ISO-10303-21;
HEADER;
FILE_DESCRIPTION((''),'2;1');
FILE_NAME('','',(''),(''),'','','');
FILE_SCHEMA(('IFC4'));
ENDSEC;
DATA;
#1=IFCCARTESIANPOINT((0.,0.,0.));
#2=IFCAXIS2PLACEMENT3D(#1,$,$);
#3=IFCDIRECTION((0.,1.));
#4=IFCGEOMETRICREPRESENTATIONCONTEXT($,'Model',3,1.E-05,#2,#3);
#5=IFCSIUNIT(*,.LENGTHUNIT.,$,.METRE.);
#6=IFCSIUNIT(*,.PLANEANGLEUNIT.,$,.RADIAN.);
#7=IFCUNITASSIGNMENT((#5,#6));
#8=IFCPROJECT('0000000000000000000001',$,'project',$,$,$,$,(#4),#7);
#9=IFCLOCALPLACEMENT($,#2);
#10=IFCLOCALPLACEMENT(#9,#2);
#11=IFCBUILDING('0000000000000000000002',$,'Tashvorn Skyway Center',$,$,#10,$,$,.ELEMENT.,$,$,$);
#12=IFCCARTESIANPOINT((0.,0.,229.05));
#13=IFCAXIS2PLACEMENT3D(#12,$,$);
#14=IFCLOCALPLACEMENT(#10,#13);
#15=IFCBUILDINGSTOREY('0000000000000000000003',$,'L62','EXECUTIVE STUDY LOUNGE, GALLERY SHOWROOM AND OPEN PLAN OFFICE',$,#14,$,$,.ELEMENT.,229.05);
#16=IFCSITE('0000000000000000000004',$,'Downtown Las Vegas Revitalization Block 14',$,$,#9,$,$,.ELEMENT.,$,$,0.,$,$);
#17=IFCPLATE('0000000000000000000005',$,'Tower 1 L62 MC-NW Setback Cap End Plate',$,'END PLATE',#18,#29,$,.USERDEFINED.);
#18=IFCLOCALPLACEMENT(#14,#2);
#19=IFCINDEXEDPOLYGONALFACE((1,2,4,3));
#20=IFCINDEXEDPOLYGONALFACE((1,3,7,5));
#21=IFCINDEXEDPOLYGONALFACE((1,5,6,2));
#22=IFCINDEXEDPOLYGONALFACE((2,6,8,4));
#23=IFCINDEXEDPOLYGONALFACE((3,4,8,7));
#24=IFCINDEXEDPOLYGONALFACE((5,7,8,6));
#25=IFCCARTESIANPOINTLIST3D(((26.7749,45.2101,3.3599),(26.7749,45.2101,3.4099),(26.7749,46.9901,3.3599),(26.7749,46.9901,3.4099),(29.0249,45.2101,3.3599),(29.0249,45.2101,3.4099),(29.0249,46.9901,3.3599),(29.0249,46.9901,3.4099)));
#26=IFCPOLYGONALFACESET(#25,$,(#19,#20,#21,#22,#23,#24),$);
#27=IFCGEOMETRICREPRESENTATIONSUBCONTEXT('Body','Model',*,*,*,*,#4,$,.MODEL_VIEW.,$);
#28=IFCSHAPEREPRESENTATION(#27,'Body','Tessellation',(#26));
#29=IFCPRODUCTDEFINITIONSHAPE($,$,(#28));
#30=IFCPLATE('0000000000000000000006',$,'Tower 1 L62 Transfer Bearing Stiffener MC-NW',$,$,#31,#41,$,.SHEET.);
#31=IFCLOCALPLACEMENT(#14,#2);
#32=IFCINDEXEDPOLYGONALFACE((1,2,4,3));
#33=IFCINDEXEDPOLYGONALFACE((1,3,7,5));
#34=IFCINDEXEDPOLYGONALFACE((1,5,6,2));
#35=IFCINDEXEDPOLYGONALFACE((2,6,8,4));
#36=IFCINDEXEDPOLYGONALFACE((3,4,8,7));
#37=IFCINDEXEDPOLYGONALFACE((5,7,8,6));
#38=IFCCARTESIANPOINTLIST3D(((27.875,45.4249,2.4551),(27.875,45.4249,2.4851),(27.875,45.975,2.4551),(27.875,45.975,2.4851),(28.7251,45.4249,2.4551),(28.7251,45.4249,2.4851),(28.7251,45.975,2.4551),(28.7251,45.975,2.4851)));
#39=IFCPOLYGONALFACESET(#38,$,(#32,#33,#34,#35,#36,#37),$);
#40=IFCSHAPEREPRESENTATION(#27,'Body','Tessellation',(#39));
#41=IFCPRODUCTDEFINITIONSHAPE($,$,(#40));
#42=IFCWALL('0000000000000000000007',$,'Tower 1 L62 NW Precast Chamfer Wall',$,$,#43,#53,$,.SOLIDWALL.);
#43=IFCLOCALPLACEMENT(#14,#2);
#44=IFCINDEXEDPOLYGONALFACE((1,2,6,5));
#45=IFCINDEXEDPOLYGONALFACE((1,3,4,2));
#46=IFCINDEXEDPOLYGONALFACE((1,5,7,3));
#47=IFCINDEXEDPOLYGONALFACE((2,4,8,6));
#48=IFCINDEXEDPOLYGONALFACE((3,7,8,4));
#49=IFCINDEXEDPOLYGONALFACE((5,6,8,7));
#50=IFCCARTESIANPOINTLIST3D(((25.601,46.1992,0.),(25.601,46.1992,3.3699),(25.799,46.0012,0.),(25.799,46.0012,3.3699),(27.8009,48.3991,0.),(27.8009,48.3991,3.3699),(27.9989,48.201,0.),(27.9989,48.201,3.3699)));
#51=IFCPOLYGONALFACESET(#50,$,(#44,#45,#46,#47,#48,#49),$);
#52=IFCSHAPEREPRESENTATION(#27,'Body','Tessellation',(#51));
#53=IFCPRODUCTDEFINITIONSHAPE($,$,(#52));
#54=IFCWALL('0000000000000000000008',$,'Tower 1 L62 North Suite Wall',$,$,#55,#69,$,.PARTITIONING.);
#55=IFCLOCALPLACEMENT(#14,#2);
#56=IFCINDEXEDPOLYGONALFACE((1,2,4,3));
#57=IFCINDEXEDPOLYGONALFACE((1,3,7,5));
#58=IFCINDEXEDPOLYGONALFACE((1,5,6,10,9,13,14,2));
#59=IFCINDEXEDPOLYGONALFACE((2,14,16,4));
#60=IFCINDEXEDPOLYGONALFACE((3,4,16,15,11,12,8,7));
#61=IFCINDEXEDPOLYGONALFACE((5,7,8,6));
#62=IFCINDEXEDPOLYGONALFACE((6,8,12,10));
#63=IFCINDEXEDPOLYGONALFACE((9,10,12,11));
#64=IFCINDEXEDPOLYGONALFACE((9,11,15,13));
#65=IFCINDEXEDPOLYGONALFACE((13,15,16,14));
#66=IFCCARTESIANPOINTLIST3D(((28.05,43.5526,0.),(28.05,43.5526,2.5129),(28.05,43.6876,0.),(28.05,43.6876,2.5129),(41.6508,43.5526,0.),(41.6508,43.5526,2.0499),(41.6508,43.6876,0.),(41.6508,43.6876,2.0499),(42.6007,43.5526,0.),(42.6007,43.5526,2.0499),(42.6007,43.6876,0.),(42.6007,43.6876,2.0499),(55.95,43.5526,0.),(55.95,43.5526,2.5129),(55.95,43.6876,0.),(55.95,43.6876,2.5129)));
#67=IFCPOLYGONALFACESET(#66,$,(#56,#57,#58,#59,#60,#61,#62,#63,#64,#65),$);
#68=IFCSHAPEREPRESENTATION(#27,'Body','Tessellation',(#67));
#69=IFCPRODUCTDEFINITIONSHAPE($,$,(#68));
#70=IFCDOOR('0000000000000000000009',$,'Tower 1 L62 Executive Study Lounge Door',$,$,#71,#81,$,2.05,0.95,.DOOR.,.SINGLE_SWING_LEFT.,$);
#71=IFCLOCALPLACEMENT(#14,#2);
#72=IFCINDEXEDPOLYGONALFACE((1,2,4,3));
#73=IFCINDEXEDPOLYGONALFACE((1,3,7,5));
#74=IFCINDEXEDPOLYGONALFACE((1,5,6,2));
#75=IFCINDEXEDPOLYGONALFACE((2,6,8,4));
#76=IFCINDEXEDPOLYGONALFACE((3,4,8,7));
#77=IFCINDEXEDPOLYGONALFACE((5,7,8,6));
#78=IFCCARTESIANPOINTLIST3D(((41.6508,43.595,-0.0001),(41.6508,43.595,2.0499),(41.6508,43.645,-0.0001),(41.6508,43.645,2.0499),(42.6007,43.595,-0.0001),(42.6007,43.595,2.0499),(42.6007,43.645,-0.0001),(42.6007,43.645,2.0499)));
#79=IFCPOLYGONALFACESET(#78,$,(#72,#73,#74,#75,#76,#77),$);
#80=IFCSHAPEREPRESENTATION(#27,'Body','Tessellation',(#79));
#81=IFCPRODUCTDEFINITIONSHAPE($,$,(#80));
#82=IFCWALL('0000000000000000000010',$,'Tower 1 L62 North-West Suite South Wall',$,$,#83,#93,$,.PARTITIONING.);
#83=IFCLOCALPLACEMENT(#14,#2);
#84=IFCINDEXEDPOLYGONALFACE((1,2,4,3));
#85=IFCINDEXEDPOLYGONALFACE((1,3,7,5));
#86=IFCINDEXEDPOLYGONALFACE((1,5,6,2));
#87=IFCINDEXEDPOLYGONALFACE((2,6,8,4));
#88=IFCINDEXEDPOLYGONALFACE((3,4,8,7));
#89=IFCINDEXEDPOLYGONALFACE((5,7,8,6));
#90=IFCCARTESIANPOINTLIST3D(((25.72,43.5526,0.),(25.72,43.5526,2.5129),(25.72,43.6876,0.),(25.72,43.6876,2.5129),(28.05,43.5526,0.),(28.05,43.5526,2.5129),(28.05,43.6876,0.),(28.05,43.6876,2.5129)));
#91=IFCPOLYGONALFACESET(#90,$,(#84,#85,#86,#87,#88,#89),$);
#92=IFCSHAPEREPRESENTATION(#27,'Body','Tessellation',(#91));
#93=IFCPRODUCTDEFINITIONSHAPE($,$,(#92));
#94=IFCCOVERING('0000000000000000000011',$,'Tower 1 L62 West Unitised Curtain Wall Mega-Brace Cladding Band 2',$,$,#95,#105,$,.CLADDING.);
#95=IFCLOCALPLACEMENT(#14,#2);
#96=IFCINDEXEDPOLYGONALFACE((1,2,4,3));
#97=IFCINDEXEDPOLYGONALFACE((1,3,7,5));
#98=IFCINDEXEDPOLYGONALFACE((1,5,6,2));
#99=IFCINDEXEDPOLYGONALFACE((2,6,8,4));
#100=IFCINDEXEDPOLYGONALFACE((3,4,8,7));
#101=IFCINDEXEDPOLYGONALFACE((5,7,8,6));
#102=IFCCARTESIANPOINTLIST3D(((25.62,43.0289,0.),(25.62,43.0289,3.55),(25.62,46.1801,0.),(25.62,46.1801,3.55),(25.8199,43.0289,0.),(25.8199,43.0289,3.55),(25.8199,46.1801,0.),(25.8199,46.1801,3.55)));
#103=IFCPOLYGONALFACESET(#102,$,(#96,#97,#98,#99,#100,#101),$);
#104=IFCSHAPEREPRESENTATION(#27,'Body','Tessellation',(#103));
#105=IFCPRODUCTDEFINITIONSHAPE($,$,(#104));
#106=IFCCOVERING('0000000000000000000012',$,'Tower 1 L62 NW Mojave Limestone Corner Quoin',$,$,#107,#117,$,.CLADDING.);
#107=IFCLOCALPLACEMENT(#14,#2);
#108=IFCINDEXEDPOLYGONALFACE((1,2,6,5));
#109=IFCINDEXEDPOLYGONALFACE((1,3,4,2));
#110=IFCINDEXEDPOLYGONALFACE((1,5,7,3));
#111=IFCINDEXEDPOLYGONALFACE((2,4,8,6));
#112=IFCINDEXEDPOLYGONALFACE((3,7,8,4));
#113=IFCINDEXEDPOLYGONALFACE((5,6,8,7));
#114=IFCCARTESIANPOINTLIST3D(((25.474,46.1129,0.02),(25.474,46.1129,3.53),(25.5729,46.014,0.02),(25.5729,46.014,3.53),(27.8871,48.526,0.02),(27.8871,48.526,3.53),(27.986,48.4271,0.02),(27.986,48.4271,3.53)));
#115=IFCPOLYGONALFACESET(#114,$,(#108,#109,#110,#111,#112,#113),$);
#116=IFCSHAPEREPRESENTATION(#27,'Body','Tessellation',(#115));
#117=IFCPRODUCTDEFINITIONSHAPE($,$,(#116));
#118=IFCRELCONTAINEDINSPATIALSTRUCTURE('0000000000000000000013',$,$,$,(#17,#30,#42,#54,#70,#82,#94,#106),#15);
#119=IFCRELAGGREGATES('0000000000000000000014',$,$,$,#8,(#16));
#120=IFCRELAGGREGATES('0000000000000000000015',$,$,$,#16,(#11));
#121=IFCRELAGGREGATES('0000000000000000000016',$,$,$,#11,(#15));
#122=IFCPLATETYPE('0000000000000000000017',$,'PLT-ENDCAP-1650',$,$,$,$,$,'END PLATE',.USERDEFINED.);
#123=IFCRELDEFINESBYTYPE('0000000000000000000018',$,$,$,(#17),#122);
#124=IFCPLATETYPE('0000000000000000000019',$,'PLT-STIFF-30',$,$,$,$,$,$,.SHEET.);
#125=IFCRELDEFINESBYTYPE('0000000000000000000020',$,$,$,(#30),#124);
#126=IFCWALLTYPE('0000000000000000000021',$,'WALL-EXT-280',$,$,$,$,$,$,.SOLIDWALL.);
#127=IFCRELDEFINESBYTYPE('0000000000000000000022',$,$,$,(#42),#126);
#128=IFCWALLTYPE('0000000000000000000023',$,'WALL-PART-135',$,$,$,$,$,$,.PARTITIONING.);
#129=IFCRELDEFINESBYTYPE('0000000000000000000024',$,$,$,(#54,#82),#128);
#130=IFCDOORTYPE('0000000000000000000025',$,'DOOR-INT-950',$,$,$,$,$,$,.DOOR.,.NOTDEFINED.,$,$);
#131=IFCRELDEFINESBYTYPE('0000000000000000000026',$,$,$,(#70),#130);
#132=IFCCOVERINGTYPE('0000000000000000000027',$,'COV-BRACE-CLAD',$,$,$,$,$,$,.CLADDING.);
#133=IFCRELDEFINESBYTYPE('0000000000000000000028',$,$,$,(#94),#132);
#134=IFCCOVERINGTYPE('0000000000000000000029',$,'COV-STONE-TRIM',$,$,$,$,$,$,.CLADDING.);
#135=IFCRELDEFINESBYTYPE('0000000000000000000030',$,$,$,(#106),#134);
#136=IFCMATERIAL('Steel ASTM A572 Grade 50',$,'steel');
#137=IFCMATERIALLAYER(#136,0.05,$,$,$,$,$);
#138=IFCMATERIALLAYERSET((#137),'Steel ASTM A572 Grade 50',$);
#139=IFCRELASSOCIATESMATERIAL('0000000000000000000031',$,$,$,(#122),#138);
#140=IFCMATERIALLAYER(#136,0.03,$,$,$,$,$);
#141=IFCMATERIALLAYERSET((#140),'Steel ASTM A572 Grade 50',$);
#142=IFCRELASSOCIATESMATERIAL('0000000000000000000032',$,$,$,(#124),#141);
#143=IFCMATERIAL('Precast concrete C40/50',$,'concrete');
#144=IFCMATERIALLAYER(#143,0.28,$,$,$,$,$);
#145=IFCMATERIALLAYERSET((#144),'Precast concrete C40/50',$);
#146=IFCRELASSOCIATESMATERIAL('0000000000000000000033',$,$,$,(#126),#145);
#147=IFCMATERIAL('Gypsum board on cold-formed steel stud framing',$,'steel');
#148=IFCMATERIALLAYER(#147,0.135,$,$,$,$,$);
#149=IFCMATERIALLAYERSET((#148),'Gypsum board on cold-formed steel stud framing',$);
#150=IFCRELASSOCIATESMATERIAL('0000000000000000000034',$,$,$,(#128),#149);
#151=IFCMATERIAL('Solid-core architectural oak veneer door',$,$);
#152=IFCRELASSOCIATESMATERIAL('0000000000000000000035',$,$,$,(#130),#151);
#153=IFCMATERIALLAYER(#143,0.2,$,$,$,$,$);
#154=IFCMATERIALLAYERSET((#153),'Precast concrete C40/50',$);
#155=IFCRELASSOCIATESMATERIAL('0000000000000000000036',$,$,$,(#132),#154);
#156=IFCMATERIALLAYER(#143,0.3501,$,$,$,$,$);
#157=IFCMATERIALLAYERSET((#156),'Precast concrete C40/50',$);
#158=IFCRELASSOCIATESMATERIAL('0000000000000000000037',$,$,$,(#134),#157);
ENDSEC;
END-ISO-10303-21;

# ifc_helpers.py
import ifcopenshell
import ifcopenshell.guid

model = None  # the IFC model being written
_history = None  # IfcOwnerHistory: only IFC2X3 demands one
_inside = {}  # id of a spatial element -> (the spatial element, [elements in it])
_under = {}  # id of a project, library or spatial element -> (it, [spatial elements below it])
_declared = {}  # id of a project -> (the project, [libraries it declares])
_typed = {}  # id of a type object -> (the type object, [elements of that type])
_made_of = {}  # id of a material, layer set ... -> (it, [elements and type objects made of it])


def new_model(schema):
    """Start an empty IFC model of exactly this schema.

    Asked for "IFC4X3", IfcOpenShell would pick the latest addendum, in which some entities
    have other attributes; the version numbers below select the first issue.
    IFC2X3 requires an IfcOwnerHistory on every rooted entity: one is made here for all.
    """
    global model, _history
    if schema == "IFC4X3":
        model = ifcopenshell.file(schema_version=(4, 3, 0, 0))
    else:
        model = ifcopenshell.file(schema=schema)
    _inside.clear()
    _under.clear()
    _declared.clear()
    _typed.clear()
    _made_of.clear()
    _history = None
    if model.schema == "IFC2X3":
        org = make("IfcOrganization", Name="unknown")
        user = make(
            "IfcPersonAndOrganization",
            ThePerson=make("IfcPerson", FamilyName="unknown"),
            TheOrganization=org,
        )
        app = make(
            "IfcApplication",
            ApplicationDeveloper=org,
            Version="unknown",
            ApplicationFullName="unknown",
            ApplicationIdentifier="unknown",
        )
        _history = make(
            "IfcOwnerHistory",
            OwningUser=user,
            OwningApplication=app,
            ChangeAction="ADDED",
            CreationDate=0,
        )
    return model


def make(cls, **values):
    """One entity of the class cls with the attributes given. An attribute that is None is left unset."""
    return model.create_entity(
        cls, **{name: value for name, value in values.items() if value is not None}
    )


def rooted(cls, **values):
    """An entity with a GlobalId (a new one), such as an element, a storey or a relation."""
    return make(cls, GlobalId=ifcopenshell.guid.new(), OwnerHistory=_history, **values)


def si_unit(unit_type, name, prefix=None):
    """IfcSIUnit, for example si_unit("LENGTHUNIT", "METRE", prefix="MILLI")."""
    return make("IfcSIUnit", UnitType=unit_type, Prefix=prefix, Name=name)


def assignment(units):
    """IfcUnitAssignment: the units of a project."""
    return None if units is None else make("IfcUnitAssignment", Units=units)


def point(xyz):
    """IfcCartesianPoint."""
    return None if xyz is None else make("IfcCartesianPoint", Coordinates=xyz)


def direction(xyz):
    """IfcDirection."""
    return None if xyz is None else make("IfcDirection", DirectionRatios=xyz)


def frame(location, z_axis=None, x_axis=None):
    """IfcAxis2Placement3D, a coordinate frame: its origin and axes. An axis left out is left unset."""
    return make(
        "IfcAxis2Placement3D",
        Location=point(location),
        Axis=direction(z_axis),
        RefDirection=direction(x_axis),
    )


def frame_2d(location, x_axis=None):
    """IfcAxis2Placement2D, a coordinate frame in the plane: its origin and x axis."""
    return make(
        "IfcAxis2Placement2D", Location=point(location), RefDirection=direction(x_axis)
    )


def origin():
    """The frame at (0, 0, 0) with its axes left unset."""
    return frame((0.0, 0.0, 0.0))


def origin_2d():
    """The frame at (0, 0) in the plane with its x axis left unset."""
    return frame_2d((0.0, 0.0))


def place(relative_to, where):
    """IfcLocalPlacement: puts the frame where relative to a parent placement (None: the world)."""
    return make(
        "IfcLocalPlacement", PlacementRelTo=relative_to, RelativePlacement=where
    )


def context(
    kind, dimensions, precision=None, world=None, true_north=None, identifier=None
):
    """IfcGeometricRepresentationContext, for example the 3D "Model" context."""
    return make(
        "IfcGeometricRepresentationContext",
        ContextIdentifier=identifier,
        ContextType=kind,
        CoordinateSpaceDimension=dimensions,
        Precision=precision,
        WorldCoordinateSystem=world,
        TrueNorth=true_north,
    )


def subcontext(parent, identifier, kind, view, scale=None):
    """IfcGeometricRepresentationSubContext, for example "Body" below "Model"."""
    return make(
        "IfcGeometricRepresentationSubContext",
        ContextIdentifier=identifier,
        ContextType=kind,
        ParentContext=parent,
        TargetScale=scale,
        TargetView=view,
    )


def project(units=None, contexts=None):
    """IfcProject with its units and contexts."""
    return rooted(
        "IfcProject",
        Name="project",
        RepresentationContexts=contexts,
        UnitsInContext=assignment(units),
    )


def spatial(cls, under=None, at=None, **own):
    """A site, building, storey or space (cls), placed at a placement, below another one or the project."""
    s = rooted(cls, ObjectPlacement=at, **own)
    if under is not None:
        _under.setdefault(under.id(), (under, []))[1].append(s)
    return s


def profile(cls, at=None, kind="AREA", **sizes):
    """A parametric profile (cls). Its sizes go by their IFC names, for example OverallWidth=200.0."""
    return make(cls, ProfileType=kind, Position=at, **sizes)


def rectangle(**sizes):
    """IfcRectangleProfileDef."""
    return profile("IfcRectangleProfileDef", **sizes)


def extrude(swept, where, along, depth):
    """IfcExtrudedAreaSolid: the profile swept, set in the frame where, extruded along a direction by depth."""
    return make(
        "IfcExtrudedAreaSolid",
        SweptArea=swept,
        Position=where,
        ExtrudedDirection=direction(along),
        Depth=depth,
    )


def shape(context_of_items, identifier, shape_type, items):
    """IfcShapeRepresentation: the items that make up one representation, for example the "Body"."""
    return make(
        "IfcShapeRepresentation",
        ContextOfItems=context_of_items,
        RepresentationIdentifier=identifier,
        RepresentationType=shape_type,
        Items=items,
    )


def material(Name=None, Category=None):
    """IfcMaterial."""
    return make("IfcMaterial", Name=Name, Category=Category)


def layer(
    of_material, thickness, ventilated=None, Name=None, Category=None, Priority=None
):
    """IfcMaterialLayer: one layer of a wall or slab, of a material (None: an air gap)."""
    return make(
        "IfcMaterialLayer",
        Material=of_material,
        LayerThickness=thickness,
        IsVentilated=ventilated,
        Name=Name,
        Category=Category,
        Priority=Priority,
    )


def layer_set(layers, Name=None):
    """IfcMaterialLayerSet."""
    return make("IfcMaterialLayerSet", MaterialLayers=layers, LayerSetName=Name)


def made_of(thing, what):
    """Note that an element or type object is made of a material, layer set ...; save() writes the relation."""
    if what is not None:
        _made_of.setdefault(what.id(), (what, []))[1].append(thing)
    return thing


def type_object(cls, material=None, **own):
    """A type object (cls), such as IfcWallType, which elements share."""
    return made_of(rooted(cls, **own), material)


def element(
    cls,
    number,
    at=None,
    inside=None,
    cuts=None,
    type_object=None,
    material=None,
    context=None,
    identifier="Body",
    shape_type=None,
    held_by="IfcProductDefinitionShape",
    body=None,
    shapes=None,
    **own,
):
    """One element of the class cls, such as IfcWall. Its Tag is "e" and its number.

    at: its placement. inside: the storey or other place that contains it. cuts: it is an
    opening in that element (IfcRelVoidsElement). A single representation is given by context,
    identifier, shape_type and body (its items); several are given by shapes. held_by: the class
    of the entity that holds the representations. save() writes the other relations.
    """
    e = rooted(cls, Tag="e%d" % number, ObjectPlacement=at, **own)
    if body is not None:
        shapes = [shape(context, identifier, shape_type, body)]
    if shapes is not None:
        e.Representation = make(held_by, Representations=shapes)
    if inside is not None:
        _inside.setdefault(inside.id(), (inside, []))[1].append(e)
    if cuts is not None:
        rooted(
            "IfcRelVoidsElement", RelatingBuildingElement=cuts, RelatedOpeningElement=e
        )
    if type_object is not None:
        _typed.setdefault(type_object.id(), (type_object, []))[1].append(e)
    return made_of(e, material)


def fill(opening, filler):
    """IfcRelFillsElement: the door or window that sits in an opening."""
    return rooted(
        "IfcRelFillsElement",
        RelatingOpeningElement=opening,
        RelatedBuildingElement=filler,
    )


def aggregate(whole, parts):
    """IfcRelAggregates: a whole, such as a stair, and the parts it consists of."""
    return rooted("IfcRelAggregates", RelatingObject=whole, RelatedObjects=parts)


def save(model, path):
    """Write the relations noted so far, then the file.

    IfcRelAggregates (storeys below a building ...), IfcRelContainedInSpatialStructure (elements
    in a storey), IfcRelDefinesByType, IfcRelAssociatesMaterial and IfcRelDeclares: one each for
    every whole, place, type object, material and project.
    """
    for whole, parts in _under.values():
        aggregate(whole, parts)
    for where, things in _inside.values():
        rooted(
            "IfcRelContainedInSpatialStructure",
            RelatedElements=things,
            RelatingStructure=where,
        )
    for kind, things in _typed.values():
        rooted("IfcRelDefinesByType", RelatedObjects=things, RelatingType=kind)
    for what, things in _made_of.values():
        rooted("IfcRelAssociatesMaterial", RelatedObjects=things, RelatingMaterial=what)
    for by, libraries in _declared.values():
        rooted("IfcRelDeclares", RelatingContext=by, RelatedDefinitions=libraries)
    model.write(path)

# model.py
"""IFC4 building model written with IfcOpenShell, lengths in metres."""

from ifc_helpers import new_model, si_unit, direction, frame, frame_2d, origin, origin_2d, place, context, subcontext, project, spatial, rectangle, extrude, material, layer, layer_set, type_object, element, fill, save


model = new_model("IFC4")

# Units and contexts
model_context = context("Model", 3, precision=1e-05, world=origin(), true_north=direction((0.0, 1.0)))
body_context = subcontext(model_context, "Body", "Model", "MODEL_VIEW")
ifc_project = project(units=[si_unit("LENGTHUNIT", "METRE"), si_unit("PLANEANGLEUNIT", "RADIAN")], contexts=[model_context])

# Site, building, storey
site_placement = place(None, origin())
site = spatial("IfcSite", under=ifc_project, at=site_placement, Name="Downtown Las Vegas Revitalization Block 14", CompositionType="ELEMENT", RefElevation=0.0)
building_placement = place(site_placement, origin())
building = spatial("IfcBuilding", under=site, at=building_placement, Name="Tashvorn Skyway Center", CompositionType="ELEMENT")
storey_placement = place(building_placement, frame((0.0, 0.0, 229.05)))
storey = spatial("IfcBuildingStorey", under=building, at=storey_placement, Name="L62", Description="EXECUTIVE STUDY LOUNGE, GALLERY SHOWROOM AND OPEN PLAN OFFICE", CompositionType="ELEMENT", Elevation=229.05)

# Shared definitions
ifc_material_1 = material(Name="Steel ASTM A572 Grade 50", Category="steel")

# Plates
ifc_layer_1 = layer(ifc_material_1, 0.05)
ifc_layer_set_1 = layer_set([ifc_layer_1], Name="Steel ASTM A572 Grade 50")
plate_type_1 = type_object("IfcPlateType", Name="PLT-ENDCAP-1650", ElementType="END PLATE", PredefinedType="USERDEFINED", material=ifc_layer_set_1)
plate_1_placement = place(storey_placement, frame((27.8999, 46.1001, 3.3599), z_axis=(0.0, 0.0, 1.0), x_axis=(1.0, 0.0, 0.0)))
element("IfcPlate", 1, at=plate_1_placement, inside=storey, type_object=plate_type_1, Name="Tower 1 L62 MC-NW Setback Cap End Plate", ObjectType="END PLATE", PredefinedType="USERDEFINED", context=body_context, shape_type="SweptSolid", body=[
    extrude(rectangle(XDim=2.25, YDim=1.78, at=origin_2d()), origin(), (0.0, 0.0, 1.0), 0.05),
])
ifc_layer_2 = layer(ifc_material_1, 0.03)
ifc_layer_set_2 = layer_set([ifc_layer_2], Name="Steel ASTM A572 Grade 50")
plate_type_2 = type_object("IfcPlateType", Name="PLT-STIFF-30", PredefinedType="SHEET", material=ifc_layer_set_2)
plate_2_placement = place(storey_placement, frame((28.3, 45.7, 2.4551), z_axis=(0.0, 0.0, 1.0), x_axis=(1.0, 0.0, 0.0)))
element("IfcPlate", 2, at=plate_2_placement, inside=storey, type_object=plate_type_2, Name="Tower 1 L62 Transfer Bearing Stiffener MC-NW", PredefinedType="SHEET", context=body_context, shape_type="SweptSolid", body=[
    extrude(rectangle(XDim=0.8501, YDim=0.55, at=origin_2d()), origin(), (0.0, 0.0, 1.0), 0.03),
])

# Wall
ifc_material_2 = material(Name="Precast concrete C40/50", Category="concrete")
ifc_layer_3 = layer(ifc_material_2, 0.28)
ifc_layer_set_3 = layer_set([ifc_layer_3], Name="Precast concrete C40/50")
wall_type_1 = type_object("IfcWallType", Name="WALL-EXT-280", PredefinedType="SOLIDWALL", material=ifc_layer_set_3)
wall_1_placement = place(storey_placement, frame((25.7, 46.1001, 0.0), z_axis=(0.0, 0.0, 1.0), x_axis=(0.707107, 0.707107, 0.0)))
element("IfcWall", 3, at=wall_1_placement, inside=storey, type_object=wall_type_1, Name="Tower 1 L62 NW Precast Chamfer Wall", PredefinedType="SOLIDWALL", context=body_context, shape_type="SweptSolid", body=[
    extrude(rectangle(XDim=3.1111, YDim=0.28, at=frame_2d((1.5557, 0.0))), origin(), (0.0, 0.0, 1.0), 3.3699),
])

# Wall, opening, door
ifc_material_3 = material(Name="Gypsum board on cold-formed steel stud framing", Category="steel")
ifc_layer_4 = layer(ifc_material_3, 0.135)
ifc_layer_set_4 = layer_set([ifc_layer_4], Name="Gypsum board on cold-formed steel stud framing")
wall_type_2 = type_object("IfcWallType", Name="WALL-PART-135", PredefinedType="PARTITIONING", material=ifc_layer_set_4)
wall_2_placement = place(storey_placement, frame((28.05, 43.6201, 0.0), z_axis=(0.0, 0.0, 1.0), x_axis=(1.0, 0.0, 0.0)))
wall_2 = element("IfcWall", 4, at=wall_2_placement, inside=storey, type_object=wall_type_2, Name="Tower 1 L62 North Suite Wall", PredefinedType="PARTITIONING", context=body_context, shape_type="SweptSolid", body=[
    extrude(rectangle(XDim=27.8999, YDim=0.135, at=frame_2d((13.95, 0.0))), origin(), (0.0, 0.0, 1.0), 2.5129),
])
opening_placement = place(wall_2_placement, frame((13.6006, 0.0, 0.0)))
opening = element("IfcOpeningElement", 5, at=opening_placement, cuts=wall_2, PredefinedType="OPENING", context=body_context, shape_type="SweptSolid", body=[
    extrude(rectangle(XDim=0.95, YDim=2.05, at=frame_2d((0.4751, 1.0249))), frame((0.0, 0.0774, 0.0), z_axis=(0.0, -1.0, 0.0), x_axis=(1.0, 0.0, 0.0)), (0.0, 0.0, 1.0), 0.155),
])
ifc_material_4 = material(Name="Solid-core architectural oak veneer door")
door_type = type_object("IfcDoorType", Name="DOOR-INT-950", OperationType="NOTDEFINED", PredefinedType="DOOR", material=ifc_material_4)
door_placement = place(opening_placement, origin())
door = element("IfcDoor", 6, at=door_placement, inside=storey, type_object=door_type, Name="Tower 1 L62 Executive Study Lounge Door", OperationType="SINGLE_SWING_LEFT", OverallHeight=2.05, OverallWidth=0.95, PredefinedType="DOOR", context=body_context, shape_type="SweptSolid", body=[
    extrude(rectangle(XDim=0.95, YDim=2.05, at=frame_2d((0.4751, 1.0249))), frame((0.0, 0.0249, 0.0), z_axis=(0.0, -1.0, 0.0), x_axis=(1.0, 0.0, 0.0)), (0.0, 0.0, 1.0), 0.05),
])
fill(opening, door)

# Wall
wall_3_placement = place(storey_placement, frame((25.72, 43.6201, 0.0), z_axis=(0.0, 0.0, 1.0), x_axis=(1.0, 0.0, 0.0)))
element("IfcWall", 7, at=wall_3_placement, inside=storey, type_object=wall_type_2, Name="Tower 1 L62 North-West Suite South Wall", PredefinedType="PARTITIONING", context=body_context, shape_type="SweptSolid", body=[
    extrude(rectangle(XDim=2.3301, YDim=0.135, at=frame_2d((1.165, 0.0))), origin(), (0.0, 0.0, 1.0), 2.5129),
])

# Coverings
ifc_layer_5 = layer(ifc_material_2, 0.2)
ifc_layer_set_5 = layer_set([ifc_layer_5], Name="Precast concrete C40/50")
covering_type_1 = type_object("IfcCoveringType", Name="COV-BRACE-CLAD", PredefinedType="CLADDING", material=ifc_layer_set_5)
covering_1_placement = place(storey_placement, frame((25.72, 44.6045, 0.0), z_axis=(0.0, 0.0, 1.0), x_axis=(0.0, 1.0, 0.0)))
element("IfcCovering", 8, at=covering_1_placement, inside=storey, type_object=covering_type_1, Name="Tower 1 L62 West Unitised Curtain Wall Mega-Brace Cladding Band 2", PredefinedType="CLADDING", context=body_context, shape_type="SweptSolid", body=[
    extrude(rectangle(XDim=3.1511, YDim=0.2, at=origin_2d()), origin(), (0.0, 0.0, 1.0), 3.55),
])
ifc_layer_6 = layer(ifc_material_2, 0.3501)
ifc_layer_set_6 = layer_set([ifc_layer_6], Name="Precast concrete C40/50")
covering_type_2 = type_object("IfcCoveringType", Name="COV-STONE-TRIM", PredefinedType="CLADDING", material=ifc_layer_set_6)
covering_2_placement = place(storey_placement, frame((26.73, 47.27, 0.02), z_axis=(0.0, 0.0, 1.0), x_axis=(-0.707107, -0.707107, 0.0)))
element("IfcCovering", 9, at=covering_2_placement, inside=storey, type_object=covering_type_2, Name="Tower 1 L62 NW Mojave Limestone Corner Quoin", PredefinedType="CLADDING", context=body_context, shape_type="SweptSolid", body=[
    extrude(rectangle(XDim=3.4126, YDim=0.1399, at=origin_2d()), origin(), (0.0, 0.0, 1.0), 3.51),
])

save(model, "model.ifc")
